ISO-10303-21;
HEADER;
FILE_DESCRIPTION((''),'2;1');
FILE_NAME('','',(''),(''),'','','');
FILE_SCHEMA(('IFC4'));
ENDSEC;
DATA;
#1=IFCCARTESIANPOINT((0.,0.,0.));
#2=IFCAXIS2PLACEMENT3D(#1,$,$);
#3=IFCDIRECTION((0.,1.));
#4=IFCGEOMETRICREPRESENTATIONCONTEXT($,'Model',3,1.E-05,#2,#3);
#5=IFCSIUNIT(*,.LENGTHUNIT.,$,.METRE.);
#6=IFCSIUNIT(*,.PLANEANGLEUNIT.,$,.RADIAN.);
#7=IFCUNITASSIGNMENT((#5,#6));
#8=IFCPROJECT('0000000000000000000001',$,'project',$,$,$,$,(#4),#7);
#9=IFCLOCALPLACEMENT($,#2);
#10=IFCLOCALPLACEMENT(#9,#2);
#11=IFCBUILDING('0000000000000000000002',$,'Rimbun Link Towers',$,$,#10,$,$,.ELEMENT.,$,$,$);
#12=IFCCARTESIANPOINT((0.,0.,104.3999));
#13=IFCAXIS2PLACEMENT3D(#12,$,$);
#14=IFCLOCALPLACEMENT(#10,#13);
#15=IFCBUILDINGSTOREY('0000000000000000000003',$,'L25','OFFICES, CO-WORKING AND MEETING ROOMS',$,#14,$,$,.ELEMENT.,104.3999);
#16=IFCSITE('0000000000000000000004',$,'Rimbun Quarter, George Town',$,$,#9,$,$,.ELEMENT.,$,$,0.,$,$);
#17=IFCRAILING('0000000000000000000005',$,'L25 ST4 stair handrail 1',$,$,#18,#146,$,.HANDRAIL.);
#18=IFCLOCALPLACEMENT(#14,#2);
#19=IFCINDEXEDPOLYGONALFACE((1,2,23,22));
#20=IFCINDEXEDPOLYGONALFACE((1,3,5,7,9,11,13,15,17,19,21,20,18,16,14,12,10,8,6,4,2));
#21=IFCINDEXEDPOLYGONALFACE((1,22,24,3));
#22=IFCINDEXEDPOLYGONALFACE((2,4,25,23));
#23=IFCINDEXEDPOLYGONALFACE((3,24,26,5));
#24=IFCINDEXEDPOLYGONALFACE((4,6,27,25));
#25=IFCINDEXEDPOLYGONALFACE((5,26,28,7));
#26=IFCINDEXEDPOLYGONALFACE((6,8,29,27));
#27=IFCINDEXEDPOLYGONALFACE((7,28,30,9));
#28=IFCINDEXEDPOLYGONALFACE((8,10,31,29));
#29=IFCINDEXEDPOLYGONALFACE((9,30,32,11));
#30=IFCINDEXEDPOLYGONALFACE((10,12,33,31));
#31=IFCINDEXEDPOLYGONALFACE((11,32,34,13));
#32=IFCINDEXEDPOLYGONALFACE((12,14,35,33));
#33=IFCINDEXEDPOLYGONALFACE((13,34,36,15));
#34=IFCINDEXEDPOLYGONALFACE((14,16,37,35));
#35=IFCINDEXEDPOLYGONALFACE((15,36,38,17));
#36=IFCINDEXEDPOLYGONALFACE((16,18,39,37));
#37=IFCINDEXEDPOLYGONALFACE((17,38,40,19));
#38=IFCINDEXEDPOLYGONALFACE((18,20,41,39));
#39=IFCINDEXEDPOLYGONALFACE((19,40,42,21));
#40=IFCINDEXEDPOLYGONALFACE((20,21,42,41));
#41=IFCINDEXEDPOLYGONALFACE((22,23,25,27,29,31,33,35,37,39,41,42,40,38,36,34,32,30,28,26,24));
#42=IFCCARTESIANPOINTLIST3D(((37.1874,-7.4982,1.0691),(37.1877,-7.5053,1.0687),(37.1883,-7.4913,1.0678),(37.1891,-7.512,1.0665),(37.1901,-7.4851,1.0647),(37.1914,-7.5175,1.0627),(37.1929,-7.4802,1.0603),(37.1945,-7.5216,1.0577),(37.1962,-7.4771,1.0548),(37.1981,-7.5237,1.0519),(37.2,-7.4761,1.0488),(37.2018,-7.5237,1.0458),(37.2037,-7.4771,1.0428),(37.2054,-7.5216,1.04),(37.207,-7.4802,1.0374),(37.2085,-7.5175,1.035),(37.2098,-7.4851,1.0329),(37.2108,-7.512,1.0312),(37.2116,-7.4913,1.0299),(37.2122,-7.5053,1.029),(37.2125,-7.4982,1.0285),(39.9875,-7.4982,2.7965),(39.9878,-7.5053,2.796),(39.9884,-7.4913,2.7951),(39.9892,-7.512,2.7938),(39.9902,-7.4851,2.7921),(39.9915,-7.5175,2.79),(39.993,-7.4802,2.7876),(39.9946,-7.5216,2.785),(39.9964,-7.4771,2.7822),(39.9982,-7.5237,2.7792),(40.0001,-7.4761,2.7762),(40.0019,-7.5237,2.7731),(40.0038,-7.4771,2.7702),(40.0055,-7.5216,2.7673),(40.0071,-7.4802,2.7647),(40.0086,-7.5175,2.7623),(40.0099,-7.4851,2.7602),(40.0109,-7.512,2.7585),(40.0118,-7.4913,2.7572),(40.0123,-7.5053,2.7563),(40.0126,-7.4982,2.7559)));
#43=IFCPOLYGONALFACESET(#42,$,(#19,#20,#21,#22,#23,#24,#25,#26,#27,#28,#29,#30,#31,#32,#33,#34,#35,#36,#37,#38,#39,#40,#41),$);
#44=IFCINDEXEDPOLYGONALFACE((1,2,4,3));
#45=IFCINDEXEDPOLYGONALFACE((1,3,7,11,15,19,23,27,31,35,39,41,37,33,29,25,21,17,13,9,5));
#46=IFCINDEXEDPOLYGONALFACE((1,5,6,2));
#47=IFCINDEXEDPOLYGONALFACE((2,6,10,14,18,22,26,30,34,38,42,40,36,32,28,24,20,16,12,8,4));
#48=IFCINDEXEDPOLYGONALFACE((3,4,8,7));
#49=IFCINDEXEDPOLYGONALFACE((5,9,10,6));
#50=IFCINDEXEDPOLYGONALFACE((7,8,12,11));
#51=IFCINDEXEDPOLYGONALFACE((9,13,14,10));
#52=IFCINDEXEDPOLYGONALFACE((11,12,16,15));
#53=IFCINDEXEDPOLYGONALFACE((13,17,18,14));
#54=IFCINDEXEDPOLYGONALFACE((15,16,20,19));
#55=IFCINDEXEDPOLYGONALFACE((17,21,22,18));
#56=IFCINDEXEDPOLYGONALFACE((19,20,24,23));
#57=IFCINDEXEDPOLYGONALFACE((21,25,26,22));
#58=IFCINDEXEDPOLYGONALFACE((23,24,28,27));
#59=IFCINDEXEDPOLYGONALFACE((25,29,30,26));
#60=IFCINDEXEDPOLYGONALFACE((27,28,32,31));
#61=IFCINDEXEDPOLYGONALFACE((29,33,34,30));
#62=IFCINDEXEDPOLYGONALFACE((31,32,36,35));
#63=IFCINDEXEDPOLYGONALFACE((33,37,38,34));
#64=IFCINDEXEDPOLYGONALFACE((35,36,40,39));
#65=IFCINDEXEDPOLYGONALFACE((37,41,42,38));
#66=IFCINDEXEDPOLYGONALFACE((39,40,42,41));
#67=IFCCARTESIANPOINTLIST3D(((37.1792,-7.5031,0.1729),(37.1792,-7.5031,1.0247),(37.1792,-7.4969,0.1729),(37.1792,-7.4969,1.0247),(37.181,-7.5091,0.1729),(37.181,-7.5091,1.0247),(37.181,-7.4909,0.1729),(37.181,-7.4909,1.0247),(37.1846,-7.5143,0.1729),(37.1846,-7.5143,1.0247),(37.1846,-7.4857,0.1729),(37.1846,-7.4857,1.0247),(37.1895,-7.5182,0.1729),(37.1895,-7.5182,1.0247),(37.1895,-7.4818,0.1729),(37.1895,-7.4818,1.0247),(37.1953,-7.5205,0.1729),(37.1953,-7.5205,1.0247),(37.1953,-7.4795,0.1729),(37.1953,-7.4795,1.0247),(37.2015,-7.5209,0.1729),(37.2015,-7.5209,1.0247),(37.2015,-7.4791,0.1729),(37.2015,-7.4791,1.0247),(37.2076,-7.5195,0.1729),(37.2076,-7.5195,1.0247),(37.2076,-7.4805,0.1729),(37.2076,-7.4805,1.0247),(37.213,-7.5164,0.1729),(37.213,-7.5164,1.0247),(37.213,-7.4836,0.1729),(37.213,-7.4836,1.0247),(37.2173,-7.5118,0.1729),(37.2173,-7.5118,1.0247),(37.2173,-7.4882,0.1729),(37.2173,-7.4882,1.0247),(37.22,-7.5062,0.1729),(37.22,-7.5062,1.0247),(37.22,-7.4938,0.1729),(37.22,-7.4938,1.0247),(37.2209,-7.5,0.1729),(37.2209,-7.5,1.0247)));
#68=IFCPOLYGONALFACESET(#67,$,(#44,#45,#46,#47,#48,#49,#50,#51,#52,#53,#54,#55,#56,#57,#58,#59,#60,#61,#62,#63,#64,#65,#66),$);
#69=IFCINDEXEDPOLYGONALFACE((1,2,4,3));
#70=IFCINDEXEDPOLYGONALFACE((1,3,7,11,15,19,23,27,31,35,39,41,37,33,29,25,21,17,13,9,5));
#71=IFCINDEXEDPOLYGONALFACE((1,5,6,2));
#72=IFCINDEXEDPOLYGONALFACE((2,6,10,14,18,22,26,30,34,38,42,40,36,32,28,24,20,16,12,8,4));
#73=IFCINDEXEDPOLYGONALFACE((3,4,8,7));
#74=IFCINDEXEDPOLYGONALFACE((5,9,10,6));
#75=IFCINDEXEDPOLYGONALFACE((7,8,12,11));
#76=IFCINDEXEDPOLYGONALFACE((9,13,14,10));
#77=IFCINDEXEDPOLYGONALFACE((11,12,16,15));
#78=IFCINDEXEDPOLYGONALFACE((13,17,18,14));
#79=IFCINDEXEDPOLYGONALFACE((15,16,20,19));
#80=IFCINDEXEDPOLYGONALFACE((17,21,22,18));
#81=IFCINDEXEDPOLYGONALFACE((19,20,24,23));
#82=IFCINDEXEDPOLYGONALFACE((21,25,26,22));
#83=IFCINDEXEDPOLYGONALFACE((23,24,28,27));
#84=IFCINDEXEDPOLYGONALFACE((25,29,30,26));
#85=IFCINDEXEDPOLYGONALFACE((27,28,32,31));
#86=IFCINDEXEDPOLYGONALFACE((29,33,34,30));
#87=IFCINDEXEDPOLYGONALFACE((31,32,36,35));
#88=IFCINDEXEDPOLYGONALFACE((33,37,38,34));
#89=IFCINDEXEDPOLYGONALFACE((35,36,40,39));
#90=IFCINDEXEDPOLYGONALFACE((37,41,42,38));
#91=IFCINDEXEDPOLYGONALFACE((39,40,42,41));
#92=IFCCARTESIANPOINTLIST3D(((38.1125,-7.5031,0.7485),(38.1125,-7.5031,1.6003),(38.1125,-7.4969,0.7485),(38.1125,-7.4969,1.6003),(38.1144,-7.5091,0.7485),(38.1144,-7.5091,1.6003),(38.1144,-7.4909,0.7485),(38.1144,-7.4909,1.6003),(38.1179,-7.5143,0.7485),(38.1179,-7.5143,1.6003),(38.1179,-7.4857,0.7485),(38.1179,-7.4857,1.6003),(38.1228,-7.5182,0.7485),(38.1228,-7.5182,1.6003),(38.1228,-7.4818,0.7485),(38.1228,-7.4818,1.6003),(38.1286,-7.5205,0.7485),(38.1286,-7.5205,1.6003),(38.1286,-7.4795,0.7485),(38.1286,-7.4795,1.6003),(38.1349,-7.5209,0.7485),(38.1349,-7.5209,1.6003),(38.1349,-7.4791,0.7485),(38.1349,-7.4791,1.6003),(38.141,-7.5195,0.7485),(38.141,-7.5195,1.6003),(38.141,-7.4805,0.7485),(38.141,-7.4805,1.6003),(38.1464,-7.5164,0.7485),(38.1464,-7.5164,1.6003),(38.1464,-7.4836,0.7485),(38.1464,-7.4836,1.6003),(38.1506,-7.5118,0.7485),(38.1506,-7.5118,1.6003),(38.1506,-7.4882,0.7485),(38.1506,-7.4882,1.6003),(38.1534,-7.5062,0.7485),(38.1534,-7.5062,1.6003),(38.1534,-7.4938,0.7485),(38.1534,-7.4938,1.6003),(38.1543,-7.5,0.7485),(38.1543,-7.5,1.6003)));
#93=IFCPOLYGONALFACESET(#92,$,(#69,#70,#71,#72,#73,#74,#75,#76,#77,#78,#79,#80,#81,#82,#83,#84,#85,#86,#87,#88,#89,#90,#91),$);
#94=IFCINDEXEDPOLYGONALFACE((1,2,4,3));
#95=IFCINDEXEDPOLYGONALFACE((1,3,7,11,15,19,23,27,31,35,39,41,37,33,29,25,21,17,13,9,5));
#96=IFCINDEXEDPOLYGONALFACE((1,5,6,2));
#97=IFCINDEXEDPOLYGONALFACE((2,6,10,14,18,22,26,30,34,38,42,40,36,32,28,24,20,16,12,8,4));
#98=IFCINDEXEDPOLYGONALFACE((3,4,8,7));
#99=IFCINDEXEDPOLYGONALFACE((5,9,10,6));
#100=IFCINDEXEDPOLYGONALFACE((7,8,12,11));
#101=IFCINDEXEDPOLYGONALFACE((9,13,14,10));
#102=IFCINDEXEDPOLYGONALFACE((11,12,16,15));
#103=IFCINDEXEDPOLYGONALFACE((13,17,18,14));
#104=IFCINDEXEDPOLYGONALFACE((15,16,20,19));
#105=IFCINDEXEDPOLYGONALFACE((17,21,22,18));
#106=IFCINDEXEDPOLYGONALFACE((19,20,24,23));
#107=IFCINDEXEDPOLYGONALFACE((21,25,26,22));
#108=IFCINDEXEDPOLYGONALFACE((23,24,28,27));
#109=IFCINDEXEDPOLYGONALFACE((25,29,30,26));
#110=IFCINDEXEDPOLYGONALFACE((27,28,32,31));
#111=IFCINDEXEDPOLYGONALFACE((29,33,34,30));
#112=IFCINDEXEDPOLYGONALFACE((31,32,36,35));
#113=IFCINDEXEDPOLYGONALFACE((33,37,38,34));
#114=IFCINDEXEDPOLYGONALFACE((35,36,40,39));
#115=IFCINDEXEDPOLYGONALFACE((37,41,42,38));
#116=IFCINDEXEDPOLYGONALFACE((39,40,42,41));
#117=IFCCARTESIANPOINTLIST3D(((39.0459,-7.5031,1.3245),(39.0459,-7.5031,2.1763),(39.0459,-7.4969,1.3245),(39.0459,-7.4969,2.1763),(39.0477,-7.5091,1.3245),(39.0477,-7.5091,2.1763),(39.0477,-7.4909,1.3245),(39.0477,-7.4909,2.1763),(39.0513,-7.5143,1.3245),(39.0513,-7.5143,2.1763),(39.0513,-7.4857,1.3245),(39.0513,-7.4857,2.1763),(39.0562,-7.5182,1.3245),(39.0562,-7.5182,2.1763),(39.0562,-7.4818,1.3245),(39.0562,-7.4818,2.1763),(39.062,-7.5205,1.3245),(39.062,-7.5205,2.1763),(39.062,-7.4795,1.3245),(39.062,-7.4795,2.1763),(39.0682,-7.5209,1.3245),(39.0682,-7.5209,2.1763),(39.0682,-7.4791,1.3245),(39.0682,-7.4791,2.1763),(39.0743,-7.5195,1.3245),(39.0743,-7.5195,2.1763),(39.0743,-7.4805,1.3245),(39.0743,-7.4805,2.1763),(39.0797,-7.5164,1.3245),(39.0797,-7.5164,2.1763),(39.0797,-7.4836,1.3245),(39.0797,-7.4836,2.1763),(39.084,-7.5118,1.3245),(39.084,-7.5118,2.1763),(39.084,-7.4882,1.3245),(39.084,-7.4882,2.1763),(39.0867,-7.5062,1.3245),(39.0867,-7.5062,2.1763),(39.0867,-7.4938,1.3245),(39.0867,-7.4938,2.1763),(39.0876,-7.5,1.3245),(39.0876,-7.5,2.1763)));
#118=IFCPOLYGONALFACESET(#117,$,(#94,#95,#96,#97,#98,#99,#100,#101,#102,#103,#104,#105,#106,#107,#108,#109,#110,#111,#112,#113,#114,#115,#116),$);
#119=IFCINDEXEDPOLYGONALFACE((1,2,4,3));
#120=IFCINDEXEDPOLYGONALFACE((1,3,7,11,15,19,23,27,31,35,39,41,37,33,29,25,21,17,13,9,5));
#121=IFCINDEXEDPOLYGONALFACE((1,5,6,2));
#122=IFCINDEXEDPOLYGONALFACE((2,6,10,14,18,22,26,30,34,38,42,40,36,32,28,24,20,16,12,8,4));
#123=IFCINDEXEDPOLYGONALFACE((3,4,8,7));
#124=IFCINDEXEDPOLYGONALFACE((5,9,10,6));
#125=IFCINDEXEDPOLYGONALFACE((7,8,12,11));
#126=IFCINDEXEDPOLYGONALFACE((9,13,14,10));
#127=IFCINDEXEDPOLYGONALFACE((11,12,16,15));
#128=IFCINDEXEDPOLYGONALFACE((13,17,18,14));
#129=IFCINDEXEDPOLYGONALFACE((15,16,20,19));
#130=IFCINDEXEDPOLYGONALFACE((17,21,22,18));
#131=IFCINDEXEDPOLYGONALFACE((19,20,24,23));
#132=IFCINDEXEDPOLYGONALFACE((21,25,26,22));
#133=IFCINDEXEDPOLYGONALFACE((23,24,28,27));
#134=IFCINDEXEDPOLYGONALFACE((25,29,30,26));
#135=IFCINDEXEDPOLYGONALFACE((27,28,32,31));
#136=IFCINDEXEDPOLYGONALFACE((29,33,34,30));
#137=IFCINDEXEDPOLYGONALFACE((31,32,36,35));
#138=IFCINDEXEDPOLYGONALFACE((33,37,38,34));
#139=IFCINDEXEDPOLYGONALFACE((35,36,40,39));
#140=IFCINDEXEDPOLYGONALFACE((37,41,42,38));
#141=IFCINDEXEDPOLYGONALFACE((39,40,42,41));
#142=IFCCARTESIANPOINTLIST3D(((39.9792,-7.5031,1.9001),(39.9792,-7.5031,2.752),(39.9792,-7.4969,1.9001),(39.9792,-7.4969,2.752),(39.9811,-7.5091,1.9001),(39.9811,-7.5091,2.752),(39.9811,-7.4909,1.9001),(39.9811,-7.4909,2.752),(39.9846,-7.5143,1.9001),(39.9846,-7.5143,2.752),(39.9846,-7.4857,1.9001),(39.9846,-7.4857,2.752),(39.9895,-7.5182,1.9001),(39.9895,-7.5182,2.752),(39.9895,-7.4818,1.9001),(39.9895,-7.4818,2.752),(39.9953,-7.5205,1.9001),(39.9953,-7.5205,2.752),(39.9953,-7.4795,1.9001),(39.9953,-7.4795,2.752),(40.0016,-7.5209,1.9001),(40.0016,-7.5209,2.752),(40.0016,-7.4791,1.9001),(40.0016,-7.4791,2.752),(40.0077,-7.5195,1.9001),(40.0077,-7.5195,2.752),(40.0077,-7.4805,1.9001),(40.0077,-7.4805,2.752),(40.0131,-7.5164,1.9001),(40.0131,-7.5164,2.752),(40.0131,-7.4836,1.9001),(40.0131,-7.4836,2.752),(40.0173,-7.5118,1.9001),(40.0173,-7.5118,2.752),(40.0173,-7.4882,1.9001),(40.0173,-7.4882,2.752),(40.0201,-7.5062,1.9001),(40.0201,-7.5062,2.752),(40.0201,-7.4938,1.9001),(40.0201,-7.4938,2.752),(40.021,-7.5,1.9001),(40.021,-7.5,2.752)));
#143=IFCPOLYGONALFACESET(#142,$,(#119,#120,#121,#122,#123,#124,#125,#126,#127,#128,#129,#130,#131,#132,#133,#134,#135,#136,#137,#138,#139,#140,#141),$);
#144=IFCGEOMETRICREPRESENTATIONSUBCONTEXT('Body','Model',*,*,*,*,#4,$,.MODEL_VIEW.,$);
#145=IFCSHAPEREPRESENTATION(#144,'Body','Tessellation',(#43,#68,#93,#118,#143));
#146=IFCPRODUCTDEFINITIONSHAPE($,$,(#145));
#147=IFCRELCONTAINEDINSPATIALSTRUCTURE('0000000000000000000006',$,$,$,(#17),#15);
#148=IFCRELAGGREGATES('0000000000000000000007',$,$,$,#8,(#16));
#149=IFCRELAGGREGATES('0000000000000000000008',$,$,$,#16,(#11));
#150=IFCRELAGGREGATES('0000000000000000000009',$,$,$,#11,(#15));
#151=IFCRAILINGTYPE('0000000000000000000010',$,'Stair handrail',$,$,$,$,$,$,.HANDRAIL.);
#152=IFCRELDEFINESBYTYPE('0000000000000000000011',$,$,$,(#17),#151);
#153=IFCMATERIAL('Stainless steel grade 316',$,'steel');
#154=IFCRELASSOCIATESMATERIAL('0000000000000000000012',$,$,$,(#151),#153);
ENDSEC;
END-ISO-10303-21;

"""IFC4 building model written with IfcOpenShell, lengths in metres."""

from ifc_helpers import new_model, si_unit, direction, frame, origin, origin_2d, place, context, subcontext, project, spatial, circle, extrude, material, type_object, element, save


model = new_model("IFC4")

# Units and contexts
model_context = context("Model", 3, precision=1e-05, world=origin(), true_north=direction((0.0, 1.0)))
body_context = subcontext(model_context, "Body", "Model", "MODEL_VIEW")
ifc_project = project(units=[si_unit("LENGTHUNIT", "METRE"), si_unit("PLANEANGLEUNIT", "RADIAN")], contexts=[model_context])

# Site, building, storey
site_placement = place(None, origin())
site = spatial("IfcSite", under=ifc_project, at=site_placement, Name="Rimbun Quarter, George Town", CompositionType="ELEMENT", RefElevation=0.0)
building_placement = place(site_placement, origin())
building = spatial("IfcBuilding", under=site, at=building_placement, Name="Rimbun Link Towers", CompositionType="ELEMENT")
storey_placement = place(building_placement, frame((0.0, 0.0, 104.3999)))
storey = spatial("IfcBuildingStorey", under=building, at=storey_placement, Name="L25", Description="OFFICES, CO-WORKING AND MEETING ROOMS", CompositionType="ELEMENT", Elevation=104.3999)

# Railing
ifc_material_1 = material(Name="Stainless steel grade 316", Category="steel")
railing_type_1 = type_object("IfcRailingType", Name="Stair handrail", PredefinedType="HANDRAIL", material=ifc_material_1)
railing_1_placement = place(storey_placement, frame((37.2, -7.5, 0.1729)))
element("IfcRailing", 1, at=railing_1_placement, inside=storey, type_object=railing_type_1, Name="L25 ST4 stair handrail 1", PredefinedType="HANDRAIL", context=body_context, shape_type="SweptSolid", body=[
    extrude(circle(Radius=0.0239, at=origin_2d()), frame((0.0, 0.0, 0.876), z_axis=(0.85109, 0.0, 0.52502), x_axis=(0.0, 1.0, 0.0)), (0.0, 0.0, 1.0), 3.29),
    extrude(circle(Radius=0.021, at=origin_2d()), origin(), (0.0, 0.0, 1.0), 0.8518),
    extrude(circle(Radius=0.021, at=origin_2d()), frame((0.9333, 0.0, 0.5757)), (0.0, 0.0, 1.0), 0.8518),
    extrude(circle(Radius=0.021, at=origin_2d()), frame((1.8667, 0.0, 1.1516)), (0.0, 0.0, 1.0), 0.8518),
    extrude(circle(Radius=0.021, at=origin_2d()), frame((2.8, 0.0, 1.7273)), (0.0, 0.0, 1.0), 0.8518),
])

save(model, "model.ifc")
